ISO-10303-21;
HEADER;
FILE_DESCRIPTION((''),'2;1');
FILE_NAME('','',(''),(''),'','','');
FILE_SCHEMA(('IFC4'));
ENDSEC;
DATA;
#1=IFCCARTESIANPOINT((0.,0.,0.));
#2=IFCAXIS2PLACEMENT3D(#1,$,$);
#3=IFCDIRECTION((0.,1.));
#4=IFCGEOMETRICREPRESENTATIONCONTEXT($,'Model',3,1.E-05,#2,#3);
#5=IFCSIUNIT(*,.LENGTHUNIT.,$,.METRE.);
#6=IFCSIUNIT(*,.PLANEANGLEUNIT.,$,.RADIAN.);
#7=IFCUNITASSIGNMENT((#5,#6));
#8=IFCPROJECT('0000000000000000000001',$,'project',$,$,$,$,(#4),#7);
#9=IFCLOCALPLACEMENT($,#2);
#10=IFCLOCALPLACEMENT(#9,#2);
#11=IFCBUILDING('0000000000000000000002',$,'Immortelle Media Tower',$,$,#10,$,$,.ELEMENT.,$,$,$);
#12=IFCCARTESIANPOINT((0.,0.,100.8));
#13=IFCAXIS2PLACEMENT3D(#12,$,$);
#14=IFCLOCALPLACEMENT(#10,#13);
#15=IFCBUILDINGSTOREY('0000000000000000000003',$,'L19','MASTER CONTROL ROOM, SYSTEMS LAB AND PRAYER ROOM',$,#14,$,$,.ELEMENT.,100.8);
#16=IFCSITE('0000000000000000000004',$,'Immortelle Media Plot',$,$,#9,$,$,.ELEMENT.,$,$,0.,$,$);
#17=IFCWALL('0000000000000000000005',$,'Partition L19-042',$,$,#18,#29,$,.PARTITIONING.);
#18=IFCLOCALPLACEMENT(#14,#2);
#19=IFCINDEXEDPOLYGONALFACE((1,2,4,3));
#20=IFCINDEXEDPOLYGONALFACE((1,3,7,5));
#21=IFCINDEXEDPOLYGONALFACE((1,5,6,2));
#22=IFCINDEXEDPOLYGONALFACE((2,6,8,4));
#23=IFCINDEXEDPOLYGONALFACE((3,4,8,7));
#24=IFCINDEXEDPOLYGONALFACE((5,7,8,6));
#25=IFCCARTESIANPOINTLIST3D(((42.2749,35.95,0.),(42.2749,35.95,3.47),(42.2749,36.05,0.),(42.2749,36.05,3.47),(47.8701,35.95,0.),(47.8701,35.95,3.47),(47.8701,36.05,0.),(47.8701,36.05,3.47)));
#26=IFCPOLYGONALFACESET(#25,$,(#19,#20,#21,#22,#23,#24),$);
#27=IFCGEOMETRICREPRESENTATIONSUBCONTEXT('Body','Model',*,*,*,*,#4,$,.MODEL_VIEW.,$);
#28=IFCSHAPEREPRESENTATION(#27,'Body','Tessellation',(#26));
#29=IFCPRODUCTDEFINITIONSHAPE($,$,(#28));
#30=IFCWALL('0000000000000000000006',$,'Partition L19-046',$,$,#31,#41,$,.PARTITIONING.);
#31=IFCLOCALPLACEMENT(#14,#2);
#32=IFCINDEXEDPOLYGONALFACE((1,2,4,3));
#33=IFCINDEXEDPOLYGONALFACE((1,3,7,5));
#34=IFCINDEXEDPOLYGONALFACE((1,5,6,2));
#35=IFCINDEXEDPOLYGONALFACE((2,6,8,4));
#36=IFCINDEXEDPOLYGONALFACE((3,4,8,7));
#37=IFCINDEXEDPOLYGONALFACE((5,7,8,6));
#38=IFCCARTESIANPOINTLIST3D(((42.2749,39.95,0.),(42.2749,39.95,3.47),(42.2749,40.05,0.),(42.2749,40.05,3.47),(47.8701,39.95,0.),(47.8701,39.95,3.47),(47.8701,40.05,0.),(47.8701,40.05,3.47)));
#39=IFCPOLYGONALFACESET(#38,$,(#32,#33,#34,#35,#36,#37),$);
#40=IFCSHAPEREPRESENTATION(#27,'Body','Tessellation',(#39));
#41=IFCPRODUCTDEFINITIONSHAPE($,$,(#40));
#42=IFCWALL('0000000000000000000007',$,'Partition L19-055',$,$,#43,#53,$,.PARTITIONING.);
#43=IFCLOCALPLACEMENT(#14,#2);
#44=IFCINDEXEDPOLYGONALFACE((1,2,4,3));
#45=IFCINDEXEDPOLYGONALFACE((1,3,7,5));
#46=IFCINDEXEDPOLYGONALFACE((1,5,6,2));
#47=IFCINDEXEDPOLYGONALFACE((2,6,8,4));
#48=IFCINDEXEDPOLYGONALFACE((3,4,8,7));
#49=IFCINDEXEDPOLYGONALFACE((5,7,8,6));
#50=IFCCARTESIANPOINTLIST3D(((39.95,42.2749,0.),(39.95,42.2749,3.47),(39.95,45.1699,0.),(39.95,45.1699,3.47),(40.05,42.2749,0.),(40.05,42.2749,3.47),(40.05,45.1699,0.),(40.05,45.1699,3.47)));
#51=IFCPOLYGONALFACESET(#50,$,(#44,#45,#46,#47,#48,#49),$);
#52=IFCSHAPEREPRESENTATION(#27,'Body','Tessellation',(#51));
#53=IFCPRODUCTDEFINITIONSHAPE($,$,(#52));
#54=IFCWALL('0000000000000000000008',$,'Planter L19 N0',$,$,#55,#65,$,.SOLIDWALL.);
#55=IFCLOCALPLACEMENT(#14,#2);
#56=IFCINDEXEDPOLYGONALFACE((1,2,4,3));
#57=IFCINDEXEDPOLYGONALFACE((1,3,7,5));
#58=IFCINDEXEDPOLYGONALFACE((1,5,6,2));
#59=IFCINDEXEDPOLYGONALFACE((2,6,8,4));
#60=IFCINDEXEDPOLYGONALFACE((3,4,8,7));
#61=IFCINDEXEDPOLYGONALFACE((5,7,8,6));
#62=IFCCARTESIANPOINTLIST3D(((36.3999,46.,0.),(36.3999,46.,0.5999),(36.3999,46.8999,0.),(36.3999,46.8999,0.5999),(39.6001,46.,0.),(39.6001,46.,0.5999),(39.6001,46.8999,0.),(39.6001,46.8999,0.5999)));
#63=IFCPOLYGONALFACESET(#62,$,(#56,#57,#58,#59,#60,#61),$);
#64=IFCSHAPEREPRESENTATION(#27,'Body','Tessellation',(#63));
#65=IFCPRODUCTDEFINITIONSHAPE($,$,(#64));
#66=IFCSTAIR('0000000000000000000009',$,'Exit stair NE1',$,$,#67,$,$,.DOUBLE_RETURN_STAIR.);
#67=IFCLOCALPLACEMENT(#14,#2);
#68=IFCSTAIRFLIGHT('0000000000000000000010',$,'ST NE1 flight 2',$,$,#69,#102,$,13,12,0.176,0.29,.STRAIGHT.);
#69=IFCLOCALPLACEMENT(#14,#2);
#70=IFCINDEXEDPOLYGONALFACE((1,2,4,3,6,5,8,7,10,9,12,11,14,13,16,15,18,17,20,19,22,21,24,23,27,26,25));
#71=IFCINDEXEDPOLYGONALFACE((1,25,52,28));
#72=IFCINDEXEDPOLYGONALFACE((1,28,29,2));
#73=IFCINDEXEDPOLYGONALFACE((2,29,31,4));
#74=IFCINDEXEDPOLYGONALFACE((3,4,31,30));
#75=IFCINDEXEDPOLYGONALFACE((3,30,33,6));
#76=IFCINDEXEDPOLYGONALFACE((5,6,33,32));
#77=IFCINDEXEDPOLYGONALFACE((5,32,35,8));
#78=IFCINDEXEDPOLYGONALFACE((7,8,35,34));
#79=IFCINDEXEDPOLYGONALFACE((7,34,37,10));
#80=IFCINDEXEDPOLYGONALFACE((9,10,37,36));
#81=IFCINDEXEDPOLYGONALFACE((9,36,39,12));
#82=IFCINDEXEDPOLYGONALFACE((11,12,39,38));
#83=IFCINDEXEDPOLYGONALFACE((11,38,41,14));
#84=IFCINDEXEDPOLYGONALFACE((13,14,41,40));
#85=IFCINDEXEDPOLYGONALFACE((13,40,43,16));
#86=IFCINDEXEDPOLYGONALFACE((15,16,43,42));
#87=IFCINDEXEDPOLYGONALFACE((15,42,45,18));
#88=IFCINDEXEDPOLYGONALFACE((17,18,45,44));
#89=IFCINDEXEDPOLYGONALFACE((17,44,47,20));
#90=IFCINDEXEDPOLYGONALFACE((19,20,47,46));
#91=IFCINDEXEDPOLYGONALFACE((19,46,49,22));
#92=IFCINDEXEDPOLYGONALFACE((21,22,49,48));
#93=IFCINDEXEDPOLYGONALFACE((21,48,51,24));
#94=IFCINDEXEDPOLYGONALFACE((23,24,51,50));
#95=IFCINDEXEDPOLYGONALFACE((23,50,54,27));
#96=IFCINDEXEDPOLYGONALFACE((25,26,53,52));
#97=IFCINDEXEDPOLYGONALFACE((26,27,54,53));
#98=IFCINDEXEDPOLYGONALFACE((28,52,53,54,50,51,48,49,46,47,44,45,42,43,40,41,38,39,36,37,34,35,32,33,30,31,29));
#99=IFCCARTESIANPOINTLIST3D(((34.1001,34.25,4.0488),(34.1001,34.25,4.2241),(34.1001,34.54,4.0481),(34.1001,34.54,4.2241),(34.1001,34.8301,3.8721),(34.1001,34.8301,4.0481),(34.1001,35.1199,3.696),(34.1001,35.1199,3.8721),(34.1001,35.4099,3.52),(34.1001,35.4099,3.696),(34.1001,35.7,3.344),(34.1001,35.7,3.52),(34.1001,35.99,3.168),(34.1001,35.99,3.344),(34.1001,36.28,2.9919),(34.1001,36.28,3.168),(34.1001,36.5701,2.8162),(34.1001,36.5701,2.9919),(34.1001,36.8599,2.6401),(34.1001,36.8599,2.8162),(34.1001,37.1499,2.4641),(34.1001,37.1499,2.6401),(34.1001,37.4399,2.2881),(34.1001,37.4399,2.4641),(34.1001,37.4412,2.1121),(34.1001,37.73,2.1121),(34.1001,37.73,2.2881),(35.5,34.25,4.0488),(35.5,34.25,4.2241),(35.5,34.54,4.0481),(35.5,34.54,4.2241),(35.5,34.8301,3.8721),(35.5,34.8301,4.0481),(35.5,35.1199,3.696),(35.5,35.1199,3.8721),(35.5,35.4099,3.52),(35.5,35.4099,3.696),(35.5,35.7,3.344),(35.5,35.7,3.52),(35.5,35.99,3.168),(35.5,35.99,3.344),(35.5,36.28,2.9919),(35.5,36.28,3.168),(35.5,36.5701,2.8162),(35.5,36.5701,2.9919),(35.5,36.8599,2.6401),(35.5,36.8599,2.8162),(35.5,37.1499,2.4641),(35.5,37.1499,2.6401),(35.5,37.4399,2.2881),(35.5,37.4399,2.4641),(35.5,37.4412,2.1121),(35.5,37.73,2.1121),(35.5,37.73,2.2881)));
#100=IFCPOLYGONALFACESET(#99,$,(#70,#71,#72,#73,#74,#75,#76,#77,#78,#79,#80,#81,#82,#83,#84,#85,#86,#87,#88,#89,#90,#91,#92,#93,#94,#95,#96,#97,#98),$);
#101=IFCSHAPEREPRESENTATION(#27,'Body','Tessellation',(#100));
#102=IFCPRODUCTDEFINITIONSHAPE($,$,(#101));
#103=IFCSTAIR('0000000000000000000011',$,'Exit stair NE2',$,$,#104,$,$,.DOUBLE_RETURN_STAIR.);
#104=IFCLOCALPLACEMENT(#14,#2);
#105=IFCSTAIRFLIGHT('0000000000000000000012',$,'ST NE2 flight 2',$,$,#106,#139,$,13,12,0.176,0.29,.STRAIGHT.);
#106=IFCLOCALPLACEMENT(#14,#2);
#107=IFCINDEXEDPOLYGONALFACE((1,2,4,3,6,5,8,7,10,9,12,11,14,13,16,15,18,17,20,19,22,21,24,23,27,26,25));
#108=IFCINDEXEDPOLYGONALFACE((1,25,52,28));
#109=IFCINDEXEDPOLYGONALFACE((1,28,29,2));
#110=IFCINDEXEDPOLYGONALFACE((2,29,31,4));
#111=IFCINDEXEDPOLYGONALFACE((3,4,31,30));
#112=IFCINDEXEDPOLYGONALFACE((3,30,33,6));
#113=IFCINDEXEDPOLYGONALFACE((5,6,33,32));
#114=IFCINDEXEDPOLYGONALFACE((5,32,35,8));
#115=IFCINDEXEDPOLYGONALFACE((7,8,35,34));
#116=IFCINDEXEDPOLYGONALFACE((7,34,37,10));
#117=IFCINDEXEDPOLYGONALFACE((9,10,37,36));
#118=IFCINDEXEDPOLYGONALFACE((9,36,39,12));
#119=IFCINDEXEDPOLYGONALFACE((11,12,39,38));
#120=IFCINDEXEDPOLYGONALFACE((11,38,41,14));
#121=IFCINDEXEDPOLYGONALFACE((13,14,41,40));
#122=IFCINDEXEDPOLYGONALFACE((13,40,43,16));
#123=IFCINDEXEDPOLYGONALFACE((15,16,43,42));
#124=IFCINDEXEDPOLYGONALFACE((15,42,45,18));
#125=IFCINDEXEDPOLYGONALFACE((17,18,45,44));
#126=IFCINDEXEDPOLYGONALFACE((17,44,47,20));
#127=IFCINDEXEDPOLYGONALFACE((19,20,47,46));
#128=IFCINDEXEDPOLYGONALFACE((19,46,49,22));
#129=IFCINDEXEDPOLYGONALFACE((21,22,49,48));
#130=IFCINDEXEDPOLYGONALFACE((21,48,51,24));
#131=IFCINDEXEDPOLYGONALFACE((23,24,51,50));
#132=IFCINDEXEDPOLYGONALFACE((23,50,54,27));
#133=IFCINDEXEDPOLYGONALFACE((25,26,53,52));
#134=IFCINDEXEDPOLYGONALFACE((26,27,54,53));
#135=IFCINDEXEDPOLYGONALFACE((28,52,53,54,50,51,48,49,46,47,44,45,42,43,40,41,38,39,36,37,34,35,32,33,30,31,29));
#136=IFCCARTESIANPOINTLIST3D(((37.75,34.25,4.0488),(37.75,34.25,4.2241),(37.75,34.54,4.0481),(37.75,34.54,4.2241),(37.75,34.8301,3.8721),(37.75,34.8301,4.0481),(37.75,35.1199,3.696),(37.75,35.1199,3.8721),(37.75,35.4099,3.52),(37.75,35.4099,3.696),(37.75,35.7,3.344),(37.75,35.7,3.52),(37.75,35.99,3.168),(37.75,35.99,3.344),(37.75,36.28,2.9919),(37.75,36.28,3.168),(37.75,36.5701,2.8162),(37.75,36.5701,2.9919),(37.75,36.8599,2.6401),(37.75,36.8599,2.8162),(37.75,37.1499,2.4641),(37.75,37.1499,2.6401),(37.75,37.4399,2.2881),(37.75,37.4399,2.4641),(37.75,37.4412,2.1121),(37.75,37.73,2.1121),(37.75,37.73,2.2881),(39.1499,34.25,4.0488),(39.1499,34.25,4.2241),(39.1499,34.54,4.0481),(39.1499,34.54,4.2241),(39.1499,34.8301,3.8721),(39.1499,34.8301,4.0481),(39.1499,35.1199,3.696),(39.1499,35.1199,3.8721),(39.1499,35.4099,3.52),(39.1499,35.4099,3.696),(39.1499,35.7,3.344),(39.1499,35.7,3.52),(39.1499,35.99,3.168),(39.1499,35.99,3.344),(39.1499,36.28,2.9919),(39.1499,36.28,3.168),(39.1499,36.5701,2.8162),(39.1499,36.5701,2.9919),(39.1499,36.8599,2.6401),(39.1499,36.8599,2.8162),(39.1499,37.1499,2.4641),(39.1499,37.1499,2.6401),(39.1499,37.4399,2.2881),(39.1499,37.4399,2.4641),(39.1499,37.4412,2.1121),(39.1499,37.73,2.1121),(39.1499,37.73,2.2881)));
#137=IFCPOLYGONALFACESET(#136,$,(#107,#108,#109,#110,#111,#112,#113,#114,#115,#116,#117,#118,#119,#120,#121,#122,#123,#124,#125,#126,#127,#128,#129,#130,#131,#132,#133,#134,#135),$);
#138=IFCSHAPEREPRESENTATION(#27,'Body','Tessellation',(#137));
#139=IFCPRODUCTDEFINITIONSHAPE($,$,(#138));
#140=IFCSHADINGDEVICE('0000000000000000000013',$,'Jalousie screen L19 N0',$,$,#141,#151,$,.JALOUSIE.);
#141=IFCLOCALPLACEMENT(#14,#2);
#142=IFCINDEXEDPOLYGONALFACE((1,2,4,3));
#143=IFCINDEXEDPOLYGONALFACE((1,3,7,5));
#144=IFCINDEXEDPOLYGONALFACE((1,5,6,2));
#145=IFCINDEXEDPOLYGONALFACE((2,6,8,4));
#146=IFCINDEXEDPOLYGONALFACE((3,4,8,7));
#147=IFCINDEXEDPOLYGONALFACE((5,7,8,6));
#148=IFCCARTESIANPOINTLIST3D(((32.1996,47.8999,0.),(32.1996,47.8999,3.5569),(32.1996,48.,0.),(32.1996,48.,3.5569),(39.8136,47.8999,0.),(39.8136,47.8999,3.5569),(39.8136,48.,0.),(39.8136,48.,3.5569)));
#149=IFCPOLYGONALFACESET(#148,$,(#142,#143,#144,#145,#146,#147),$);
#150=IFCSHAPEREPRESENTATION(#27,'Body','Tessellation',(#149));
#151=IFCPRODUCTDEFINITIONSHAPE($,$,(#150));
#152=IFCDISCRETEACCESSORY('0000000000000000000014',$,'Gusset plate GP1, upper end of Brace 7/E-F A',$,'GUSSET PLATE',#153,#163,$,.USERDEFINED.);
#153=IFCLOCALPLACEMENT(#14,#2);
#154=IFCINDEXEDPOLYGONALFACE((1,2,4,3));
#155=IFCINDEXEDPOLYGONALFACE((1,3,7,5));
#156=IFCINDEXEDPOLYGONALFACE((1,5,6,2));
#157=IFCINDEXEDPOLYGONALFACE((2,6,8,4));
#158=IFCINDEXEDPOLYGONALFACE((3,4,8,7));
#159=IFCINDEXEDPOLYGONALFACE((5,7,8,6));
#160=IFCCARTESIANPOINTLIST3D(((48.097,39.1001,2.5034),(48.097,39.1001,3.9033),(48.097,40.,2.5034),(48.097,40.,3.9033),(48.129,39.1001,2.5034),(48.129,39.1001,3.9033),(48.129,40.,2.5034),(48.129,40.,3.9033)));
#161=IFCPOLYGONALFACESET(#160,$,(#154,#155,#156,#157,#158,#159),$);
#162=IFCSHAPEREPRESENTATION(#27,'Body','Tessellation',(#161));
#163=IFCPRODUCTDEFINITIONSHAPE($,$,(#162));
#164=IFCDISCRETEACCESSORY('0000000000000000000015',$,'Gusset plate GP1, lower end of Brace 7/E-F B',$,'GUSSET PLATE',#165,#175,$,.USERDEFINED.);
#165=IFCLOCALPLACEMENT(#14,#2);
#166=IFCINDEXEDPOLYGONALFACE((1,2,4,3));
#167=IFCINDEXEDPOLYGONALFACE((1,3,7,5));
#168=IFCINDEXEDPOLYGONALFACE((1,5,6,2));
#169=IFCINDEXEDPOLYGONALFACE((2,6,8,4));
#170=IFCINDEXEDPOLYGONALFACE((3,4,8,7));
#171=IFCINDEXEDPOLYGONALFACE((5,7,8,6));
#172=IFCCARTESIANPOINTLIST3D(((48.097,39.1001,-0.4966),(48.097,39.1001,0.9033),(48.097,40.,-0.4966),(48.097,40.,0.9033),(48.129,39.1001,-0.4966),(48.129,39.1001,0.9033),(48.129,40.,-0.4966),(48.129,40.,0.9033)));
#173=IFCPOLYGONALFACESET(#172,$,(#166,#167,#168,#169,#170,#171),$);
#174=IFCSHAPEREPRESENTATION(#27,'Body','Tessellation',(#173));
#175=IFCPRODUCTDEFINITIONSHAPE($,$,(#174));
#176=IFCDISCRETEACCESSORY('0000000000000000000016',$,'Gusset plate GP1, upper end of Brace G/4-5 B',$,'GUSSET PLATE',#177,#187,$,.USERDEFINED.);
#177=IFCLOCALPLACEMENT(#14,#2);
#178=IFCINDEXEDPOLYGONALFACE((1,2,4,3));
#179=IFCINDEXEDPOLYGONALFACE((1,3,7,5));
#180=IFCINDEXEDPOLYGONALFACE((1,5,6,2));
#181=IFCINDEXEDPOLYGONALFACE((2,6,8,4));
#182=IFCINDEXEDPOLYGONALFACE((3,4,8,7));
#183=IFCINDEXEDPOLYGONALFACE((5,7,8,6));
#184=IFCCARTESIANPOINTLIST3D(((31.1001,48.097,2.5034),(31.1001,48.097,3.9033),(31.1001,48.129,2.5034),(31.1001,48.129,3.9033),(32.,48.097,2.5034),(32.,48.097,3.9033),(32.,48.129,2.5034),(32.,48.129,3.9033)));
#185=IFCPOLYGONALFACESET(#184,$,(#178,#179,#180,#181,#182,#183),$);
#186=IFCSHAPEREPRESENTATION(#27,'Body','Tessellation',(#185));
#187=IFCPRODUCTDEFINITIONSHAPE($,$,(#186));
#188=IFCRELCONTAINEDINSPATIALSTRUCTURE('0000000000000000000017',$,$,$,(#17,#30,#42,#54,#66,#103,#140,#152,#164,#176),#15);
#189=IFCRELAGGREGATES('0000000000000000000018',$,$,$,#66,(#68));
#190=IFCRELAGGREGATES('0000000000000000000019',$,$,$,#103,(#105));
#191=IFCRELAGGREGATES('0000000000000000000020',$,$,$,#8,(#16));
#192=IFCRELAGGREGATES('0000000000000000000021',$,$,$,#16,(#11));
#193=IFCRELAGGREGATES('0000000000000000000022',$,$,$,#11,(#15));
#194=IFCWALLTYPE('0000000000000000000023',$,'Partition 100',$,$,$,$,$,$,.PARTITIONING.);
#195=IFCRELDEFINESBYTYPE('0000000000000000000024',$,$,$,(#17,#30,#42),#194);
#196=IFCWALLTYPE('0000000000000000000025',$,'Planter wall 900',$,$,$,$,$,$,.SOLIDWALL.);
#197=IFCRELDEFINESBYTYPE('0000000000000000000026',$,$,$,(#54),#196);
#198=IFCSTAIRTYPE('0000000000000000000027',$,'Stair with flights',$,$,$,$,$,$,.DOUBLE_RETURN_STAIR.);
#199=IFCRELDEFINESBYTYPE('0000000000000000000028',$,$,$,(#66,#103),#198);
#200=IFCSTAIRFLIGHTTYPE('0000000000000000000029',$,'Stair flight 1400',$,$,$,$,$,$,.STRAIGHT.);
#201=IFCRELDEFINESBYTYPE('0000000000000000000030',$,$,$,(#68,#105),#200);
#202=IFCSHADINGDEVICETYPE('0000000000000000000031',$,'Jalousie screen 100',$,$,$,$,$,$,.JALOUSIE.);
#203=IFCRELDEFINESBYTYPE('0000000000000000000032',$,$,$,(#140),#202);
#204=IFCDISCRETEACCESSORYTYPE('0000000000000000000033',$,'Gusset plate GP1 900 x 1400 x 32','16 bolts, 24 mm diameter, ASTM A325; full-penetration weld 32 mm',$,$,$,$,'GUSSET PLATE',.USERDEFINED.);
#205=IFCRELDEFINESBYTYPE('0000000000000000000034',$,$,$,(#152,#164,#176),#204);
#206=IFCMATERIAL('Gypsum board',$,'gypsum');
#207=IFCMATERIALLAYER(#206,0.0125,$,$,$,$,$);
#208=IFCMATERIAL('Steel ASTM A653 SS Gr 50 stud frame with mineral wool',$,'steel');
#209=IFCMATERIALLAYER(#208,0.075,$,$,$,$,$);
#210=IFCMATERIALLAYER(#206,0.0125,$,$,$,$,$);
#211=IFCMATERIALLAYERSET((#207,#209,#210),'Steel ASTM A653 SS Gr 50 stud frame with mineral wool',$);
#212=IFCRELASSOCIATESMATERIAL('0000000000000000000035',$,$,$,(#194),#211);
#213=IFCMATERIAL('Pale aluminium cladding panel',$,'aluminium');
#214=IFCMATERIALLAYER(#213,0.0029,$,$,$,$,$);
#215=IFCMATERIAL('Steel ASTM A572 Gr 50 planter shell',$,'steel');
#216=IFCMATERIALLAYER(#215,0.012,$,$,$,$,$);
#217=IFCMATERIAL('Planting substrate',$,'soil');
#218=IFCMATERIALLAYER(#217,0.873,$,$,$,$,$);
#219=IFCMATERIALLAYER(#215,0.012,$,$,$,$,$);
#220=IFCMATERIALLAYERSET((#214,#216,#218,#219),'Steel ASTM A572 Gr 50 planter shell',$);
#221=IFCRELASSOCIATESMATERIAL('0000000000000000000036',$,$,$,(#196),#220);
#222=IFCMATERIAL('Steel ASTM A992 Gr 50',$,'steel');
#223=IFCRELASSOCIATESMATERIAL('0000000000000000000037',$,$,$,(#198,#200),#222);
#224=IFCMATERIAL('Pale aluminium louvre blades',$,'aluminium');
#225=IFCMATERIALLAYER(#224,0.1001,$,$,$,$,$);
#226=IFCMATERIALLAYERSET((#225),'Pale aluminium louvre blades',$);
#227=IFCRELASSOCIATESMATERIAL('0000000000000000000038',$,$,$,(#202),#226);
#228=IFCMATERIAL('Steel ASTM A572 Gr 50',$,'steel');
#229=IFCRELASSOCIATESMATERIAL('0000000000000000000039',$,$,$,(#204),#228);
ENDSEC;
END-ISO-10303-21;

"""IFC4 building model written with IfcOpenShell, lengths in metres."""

from ifc_helpers import new_model, si_unit, direction, frame, frame_2d, origin, origin_2d, place, context, subcontext, project, spatial, polyline, rectangle, outline, extrude, material, layer, layer_set, material_profile, profile_set, type_object, element, aggregate, save


model = new_model("IFC4")

# Units and contexts
model_context = context("Model", 3, precision=1e-05, world=origin(), true_north=direction((0.0, 1.0)))
body_context = subcontext(model_context, "Body", "Model", "MODEL_VIEW")
ifc_project = project(units=[si_unit("LENGTHUNIT", "METRE"), si_unit("PLANEANGLEUNIT", "RADIAN")], contexts=[model_context])

# Site, building, storey
site_placement = place(None, origin())
site = spatial("IfcSite", under=ifc_project, at=site_placement, Name="Immortelle Media Plot", CompositionType="ELEMENT", RefElevation=0.0)
building_placement = place(site_placement, origin())
building = spatial("IfcBuilding", under=site, at=building_placement, Name="Immortelle Media Tower", CompositionType="ELEMENT")
storey_placement = place(building_placement, frame((0.0, 0.0, 100.8)))
storey = spatial("IfcBuildingStorey", under=building, at=storey_placement, Name="L19", Description="MASTER CONTROL ROOM, SYSTEMS LAB AND PRAYER ROOM", CompositionType="ELEMENT", Elevation=100.8)

# Shared definitions
ifc_material_1 = material(Name="Steel ASTM A992 Gr 50", Category="steel")

# Shared definitions
ifc_material_2 = material(Name="Pale aluminium cladding panel", Category="aluminium")
ifc_material_3 = material(Name="Steel ASTM A653 SS Gr 50 stud frame with mineral wool", Category="steel")

# Walls
ifc_material_4 = material(Name="Gypsum board", Category="gypsum")
ifc_layer_1 = layer(ifc_material_4, 0.0125)
ifc_layer_2 = layer(ifc_material_3, 0.075)
ifc_layer_3 = layer(ifc_material_4, 0.0125)
ifc_layer_set_1 = layer_set([ifc_layer_1, ifc_layer_2, ifc_layer_3], Name="Steel ASTM A653 SS Gr 50 stud frame with mineral wool")
wall_type_1 = type_object("IfcWallType", Name="Partition 100", PredefinedType="PARTITIONING", material=ifc_layer_set_1)
for number, where, z_axis, x_axis, name in (
    (1, (42.2749, 36.0, 0.0), (0.0, 0.0, 1.0), (1.0, 0.0, 0.0), "Partition L19-042"),
    (2, (42.2749, 40.0, 0.0), (0.0, 0.0, 1.0), (1.0, 0.0, 0.0), "Partition L19-046"),
):
    element("IfcWall", number, at=place(storey_placement, frame(where, z_axis=z_axis, x_axis=x_axis)), inside=storey, type_object=wall_type_1, Name=name, PredefinedType="PARTITIONING", context=body_context, shape_type="SweptSolid", body=[
        extrude(rectangle(XDim=5.5952, YDim=0.1001, at=frame_2d((2.7976, 0.0))), origin(), (0.0, 0.0, 1.0), 3.47),
    ])
wall_1_placement = place(storey_placement, frame((40.0, 42.2749, 0.0), z_axis=(0.0, 0.0, 1.0), x_axis=(0.0, 1.0, 0.0)))
element("IfcWall", 3, at=wall_1_placement, inside=storey, type_object=wall_type_1, Name="Partition L19-055", PredefinedType="PARTITIONING", context=body_context, shape_type="SweptSolid", body=[
    extrude(rectangle(XDim=2.895, YDim=0.1001, at=frame_2d((1.4475, 0.0))), origin(), (0.0, 0.0, 1.0), 3.47),
])
ifc_layer_4 = layer(ifc_material_2, 0.0029)
ifc_material_5 = material(Name="Steel ASTM A572 Gr 50 planter shell", Category="steel")
ifc_layer_5 = layer(ifc_material_5, 0.012)
ifc_material_6 = material(Name="Planting substrate", Category="soil")
ifc_layer_6 = layer(ifc_material_6, 0.873)
ifc_layer_7 = layer(ifc_material_5, 0.012)
ifc_layer_set_2 = layer_set([ifc_layer_4, ifc_layer_5, ifc_layer_6, ifc_layer_7], Name="Steel ASTM A572 Gr 50 planter shell")
wall_type_2 = type_object("IfcWallType", Name="Planter wall 900", PredefinedType="SOLIDWALL", material=ifc_layer_set_2)
wall_2_placement = place(storey_placement, frame((39.6001, 46.45, 0.0), z_axis=(0.0, 0.0, 1.0), x_axis=(-1.0, 0.0, 0.0)))
element("IfcWall", 4, at=wall_2_placement, inside=storey, type_object=wall_type_2, Name="Planter L19 N0", PredefinedType="SOLIDWALL", context=body_context, shape_type="SweptSolid", body=[
    extrude(rectangle(XDim=3.2002, YDim=0.8999, at=frame_2d((1.6001, 0.0))), origin(), (0.0, 0.0, 1.0), 0.5999),
])

# Stairs, stair flights
stair_type = type_object("IfcStairType", Name="Stair with flights", PredefinedType="DOUBLE_RETURN_STAIR", material=ifc_material_1)
stair_1_placement = place(storey_placement, origin())
stair_1 = element("IfcStair", 5, at=stair_1_placement, inside=storey, type_object=stair_type, Name="Exit stair NE1", PredefinedType="DOUBLE_RETURN_STAIR")
stair_flight_type = type_object("IfcStairFlightType", Name="Stair flight 1400", PredefinedType="STRAIGHT", material=ifc_material_1)
stair_flight_1_placement = place(storey_placement, frame((34.8, 37.73, 2.1121), z_axis=(0.0, 0.0, 1.0), x_axis=(0.0, -1.0, 0.0)))
stair_flight_1 = element("IfcStairFlight", 6, at=stair_flight_1_placement, type_object=stair_flight_type, Name="ST NE1 flight 2", NumberOfRisers=13, NumberOfTreads=12, PredefinedType="STRAIGHT", RiserHeight=0.176, TreadLength=0.29, context=body_context, shape_type="SweptSolid", body=[
    extrude(outline(polyline([(0.0, 0.0), (0.0, 0.176), (0.29, 0.176), (0.29, 0.3521), (0.5801, 0.3521), (0.5801, 0.5281), (0.8701, 0.5281), (0.8701, 0.7041), (1.1599, 0.7041), (1.1599, 0.8799), (1.45, 0.8799), (1.45, 1.0559), (1.74, 1.0559), (1.74, 1.2319), (2.03, 1.2319), (2.03, 1.408), (2.3201, 1.408), (2.3201, 1.584), (2.6101, 1.584), (2.6101, 1.76), (2.8999, 1.76), (2.8999, 1.936), (3.1899, 1.936), (3.1899, 2.1121), (3.48, 2.1121), (3.48, 2.2881), (3.48, 1.9368), (0.2888, 0.0), (0.0, 0.0)])), frame((0.0, 0.7, 0.0), z_axis=(0.0, -1.0, 0.0), x_axis=(1.0, 0.0, 0.0)), (0.0, 0.0, 1.0), 1.3999),
])
aggregate(stair_1, [stair_flight_1])
stair_2_placement = place(storey_placement, origin())
stair_2 = element("IfcStair", 7, at=stair_2_placement, inside=storey, type_object=stair_type, Name="Exit stair NE2", PredefinedType="DOUBLE_RETURN_STAIR")
stair_flight_2_placement = place(storey_placement, frame((38.45, 37.73, 2.1121), z_axis=(0.0, 0.0, 1.0), x_axis=(0.0, -1.0, 0.0)))
stair_flight_2 = element("IfcStairFlight", 8, at=stair_flight_2_placement, type_object=stair_flight_type, Name="ST NE2 flight 2", NumberOfRisers=13, NumberOfTreads=12, PredefinedType="STRAIGHT", RiserHeight=0.176, TreadLength=0.29, context=body_context, shape_type="SweptSolid", body=[
    extrude(outline(polyline([(0.0, 0.0), (0.0, 0.176), (0.29, 0.176), (0.29, 0.3521), (0.5801, 0.3521), (0.5801, 0.5281), (0.8701, 0.5281), (0.8701, 0.7041), (1.1599, 0.7041), (1.1599, 0.8799), (1.45, 0.8799), (1.45, 1.0559), (1.74, 1.0559), (1.74, 1.2319), (2.03, 1.2319), (2.03, 1.408), (2.3201, 1.408), (2.3201, 1.584), (2.6101, 1.584), (2.6101, 1.76), (2.8999, 1.76), (2.8999, 1.936), (3.1899, 1.936), (3.1899, 2.1121), (3.48, 2.1121), (3.48, 2.2881), (3.48, 1.9368), (0.2888, 0.0), (0.0, 0.0)])), frame((0.0, 0.7, 0.0), z_axis=(0.0, -1.0, 0.0), x_axis=(1.0, 0.0, 0.0)), (0.0, 0.0, 1.0), 1.3999),
])
aggregate(stair_2, [stair_flight_2])

# Shading device
ifc_material_7 = material(Name="Pale aluminium louvre blades", Category="aluminium")
ifc_layer_8 = layer(ifc_material_7, 0.1001)
ifc_layer_set_3 = layer_set([ifc_layer_8], Name="Pale aluminium louvre blades")
shading_device_type = type_object("IfcShadingDeviceType", Name="Jalousie screen 100", PredefinedType="JALOUSIE", material=ifc_layer_set_3)
shading_device_placement = place(storey_placement, frame((36.0066, 47.95, 0.0), z_axis=(0.0, 0.0, 1.0), x_axis=(-1.0, 0.0, 0.0)))
element("IfcShadingDevice", 9, at=shading_device_placement, inside=storey, type_object=shading_device_type, Name="Jalousie screen L19 N0", PredefinedType="JALOUSIE", context=body_context, shape_type="SweptSolid", body=[
    extrude(rectangle(XDim=7.614, YDim=0.1001, at=origin_2d()), origin(), (0.0, 0.0, 1.0), 3.5569),
])

# Discrete accessories
ifc_material_8 = material(Name="Steel ASTM A572 Gr 50", Category="steel")
ifc_material_profile_1 = material_profile(ifc_material_8, rectangle(XDim=0.032, YDim=1.3999, at=origin_2d()), Name="PL 32 x 1400")
ifc_profile_set_1 = profile_set([ifc_material_profile_1], Name="Steel ASTM A572 Gr 50")
discrete_accessory_type = type_object("IfcDiscreteAccessoryType", Name="Gusset plate GP1 900 x 1400 x 32", Description="16 bolts, 24 mm diameter, ASTM A325; full-penetration weld 32 mm", ElementType="GUSSET PLATE", PredefinedType="USERDEFINED", material=ifc_profile_set_1)
for number, where, z_axis, x_axis, name in (
    (10, (48.113, 40.0, 3.2034), (0.0, -1.0, 0.0), (1.0, 0.0, 0.0), "Gusset plate GP1, upper end of Brace 7/E-F A"),
    (11, (48.113, 40.0, 0.2034), (0.0, -1.0, 0.0), (1.0, 0.0, 0.0), "Gusset plate GP1, lower end of Brace 7/E-F B"),
    (12, (32.0, 48.113, 3.2034), (-1.0, 0.0, 0.0), (0.0, -1.0, 0.0), "Gusset plate GP1, upper end of Brace G/4-5 B"),
):
    element("IfcDiscreteAccessory", number, at=place(storey_placement, frame(where, z_axis=z_axis, x_axis=x_axis)), inside=storey, type_object=discrete_accessory_type, Name=name, ObjectType="GUSSET PLATE", PredefinedType="USERDEFINED", context=body_context, shape_type="SweptSolid", body=[
        extrude(rectangle(XDim=0.032, YDim=1.3999, at=origin_2d()), origin(), (0.0, 0.0, 1.0), 0.8999),
    ])

save(model, "model.ifc")
